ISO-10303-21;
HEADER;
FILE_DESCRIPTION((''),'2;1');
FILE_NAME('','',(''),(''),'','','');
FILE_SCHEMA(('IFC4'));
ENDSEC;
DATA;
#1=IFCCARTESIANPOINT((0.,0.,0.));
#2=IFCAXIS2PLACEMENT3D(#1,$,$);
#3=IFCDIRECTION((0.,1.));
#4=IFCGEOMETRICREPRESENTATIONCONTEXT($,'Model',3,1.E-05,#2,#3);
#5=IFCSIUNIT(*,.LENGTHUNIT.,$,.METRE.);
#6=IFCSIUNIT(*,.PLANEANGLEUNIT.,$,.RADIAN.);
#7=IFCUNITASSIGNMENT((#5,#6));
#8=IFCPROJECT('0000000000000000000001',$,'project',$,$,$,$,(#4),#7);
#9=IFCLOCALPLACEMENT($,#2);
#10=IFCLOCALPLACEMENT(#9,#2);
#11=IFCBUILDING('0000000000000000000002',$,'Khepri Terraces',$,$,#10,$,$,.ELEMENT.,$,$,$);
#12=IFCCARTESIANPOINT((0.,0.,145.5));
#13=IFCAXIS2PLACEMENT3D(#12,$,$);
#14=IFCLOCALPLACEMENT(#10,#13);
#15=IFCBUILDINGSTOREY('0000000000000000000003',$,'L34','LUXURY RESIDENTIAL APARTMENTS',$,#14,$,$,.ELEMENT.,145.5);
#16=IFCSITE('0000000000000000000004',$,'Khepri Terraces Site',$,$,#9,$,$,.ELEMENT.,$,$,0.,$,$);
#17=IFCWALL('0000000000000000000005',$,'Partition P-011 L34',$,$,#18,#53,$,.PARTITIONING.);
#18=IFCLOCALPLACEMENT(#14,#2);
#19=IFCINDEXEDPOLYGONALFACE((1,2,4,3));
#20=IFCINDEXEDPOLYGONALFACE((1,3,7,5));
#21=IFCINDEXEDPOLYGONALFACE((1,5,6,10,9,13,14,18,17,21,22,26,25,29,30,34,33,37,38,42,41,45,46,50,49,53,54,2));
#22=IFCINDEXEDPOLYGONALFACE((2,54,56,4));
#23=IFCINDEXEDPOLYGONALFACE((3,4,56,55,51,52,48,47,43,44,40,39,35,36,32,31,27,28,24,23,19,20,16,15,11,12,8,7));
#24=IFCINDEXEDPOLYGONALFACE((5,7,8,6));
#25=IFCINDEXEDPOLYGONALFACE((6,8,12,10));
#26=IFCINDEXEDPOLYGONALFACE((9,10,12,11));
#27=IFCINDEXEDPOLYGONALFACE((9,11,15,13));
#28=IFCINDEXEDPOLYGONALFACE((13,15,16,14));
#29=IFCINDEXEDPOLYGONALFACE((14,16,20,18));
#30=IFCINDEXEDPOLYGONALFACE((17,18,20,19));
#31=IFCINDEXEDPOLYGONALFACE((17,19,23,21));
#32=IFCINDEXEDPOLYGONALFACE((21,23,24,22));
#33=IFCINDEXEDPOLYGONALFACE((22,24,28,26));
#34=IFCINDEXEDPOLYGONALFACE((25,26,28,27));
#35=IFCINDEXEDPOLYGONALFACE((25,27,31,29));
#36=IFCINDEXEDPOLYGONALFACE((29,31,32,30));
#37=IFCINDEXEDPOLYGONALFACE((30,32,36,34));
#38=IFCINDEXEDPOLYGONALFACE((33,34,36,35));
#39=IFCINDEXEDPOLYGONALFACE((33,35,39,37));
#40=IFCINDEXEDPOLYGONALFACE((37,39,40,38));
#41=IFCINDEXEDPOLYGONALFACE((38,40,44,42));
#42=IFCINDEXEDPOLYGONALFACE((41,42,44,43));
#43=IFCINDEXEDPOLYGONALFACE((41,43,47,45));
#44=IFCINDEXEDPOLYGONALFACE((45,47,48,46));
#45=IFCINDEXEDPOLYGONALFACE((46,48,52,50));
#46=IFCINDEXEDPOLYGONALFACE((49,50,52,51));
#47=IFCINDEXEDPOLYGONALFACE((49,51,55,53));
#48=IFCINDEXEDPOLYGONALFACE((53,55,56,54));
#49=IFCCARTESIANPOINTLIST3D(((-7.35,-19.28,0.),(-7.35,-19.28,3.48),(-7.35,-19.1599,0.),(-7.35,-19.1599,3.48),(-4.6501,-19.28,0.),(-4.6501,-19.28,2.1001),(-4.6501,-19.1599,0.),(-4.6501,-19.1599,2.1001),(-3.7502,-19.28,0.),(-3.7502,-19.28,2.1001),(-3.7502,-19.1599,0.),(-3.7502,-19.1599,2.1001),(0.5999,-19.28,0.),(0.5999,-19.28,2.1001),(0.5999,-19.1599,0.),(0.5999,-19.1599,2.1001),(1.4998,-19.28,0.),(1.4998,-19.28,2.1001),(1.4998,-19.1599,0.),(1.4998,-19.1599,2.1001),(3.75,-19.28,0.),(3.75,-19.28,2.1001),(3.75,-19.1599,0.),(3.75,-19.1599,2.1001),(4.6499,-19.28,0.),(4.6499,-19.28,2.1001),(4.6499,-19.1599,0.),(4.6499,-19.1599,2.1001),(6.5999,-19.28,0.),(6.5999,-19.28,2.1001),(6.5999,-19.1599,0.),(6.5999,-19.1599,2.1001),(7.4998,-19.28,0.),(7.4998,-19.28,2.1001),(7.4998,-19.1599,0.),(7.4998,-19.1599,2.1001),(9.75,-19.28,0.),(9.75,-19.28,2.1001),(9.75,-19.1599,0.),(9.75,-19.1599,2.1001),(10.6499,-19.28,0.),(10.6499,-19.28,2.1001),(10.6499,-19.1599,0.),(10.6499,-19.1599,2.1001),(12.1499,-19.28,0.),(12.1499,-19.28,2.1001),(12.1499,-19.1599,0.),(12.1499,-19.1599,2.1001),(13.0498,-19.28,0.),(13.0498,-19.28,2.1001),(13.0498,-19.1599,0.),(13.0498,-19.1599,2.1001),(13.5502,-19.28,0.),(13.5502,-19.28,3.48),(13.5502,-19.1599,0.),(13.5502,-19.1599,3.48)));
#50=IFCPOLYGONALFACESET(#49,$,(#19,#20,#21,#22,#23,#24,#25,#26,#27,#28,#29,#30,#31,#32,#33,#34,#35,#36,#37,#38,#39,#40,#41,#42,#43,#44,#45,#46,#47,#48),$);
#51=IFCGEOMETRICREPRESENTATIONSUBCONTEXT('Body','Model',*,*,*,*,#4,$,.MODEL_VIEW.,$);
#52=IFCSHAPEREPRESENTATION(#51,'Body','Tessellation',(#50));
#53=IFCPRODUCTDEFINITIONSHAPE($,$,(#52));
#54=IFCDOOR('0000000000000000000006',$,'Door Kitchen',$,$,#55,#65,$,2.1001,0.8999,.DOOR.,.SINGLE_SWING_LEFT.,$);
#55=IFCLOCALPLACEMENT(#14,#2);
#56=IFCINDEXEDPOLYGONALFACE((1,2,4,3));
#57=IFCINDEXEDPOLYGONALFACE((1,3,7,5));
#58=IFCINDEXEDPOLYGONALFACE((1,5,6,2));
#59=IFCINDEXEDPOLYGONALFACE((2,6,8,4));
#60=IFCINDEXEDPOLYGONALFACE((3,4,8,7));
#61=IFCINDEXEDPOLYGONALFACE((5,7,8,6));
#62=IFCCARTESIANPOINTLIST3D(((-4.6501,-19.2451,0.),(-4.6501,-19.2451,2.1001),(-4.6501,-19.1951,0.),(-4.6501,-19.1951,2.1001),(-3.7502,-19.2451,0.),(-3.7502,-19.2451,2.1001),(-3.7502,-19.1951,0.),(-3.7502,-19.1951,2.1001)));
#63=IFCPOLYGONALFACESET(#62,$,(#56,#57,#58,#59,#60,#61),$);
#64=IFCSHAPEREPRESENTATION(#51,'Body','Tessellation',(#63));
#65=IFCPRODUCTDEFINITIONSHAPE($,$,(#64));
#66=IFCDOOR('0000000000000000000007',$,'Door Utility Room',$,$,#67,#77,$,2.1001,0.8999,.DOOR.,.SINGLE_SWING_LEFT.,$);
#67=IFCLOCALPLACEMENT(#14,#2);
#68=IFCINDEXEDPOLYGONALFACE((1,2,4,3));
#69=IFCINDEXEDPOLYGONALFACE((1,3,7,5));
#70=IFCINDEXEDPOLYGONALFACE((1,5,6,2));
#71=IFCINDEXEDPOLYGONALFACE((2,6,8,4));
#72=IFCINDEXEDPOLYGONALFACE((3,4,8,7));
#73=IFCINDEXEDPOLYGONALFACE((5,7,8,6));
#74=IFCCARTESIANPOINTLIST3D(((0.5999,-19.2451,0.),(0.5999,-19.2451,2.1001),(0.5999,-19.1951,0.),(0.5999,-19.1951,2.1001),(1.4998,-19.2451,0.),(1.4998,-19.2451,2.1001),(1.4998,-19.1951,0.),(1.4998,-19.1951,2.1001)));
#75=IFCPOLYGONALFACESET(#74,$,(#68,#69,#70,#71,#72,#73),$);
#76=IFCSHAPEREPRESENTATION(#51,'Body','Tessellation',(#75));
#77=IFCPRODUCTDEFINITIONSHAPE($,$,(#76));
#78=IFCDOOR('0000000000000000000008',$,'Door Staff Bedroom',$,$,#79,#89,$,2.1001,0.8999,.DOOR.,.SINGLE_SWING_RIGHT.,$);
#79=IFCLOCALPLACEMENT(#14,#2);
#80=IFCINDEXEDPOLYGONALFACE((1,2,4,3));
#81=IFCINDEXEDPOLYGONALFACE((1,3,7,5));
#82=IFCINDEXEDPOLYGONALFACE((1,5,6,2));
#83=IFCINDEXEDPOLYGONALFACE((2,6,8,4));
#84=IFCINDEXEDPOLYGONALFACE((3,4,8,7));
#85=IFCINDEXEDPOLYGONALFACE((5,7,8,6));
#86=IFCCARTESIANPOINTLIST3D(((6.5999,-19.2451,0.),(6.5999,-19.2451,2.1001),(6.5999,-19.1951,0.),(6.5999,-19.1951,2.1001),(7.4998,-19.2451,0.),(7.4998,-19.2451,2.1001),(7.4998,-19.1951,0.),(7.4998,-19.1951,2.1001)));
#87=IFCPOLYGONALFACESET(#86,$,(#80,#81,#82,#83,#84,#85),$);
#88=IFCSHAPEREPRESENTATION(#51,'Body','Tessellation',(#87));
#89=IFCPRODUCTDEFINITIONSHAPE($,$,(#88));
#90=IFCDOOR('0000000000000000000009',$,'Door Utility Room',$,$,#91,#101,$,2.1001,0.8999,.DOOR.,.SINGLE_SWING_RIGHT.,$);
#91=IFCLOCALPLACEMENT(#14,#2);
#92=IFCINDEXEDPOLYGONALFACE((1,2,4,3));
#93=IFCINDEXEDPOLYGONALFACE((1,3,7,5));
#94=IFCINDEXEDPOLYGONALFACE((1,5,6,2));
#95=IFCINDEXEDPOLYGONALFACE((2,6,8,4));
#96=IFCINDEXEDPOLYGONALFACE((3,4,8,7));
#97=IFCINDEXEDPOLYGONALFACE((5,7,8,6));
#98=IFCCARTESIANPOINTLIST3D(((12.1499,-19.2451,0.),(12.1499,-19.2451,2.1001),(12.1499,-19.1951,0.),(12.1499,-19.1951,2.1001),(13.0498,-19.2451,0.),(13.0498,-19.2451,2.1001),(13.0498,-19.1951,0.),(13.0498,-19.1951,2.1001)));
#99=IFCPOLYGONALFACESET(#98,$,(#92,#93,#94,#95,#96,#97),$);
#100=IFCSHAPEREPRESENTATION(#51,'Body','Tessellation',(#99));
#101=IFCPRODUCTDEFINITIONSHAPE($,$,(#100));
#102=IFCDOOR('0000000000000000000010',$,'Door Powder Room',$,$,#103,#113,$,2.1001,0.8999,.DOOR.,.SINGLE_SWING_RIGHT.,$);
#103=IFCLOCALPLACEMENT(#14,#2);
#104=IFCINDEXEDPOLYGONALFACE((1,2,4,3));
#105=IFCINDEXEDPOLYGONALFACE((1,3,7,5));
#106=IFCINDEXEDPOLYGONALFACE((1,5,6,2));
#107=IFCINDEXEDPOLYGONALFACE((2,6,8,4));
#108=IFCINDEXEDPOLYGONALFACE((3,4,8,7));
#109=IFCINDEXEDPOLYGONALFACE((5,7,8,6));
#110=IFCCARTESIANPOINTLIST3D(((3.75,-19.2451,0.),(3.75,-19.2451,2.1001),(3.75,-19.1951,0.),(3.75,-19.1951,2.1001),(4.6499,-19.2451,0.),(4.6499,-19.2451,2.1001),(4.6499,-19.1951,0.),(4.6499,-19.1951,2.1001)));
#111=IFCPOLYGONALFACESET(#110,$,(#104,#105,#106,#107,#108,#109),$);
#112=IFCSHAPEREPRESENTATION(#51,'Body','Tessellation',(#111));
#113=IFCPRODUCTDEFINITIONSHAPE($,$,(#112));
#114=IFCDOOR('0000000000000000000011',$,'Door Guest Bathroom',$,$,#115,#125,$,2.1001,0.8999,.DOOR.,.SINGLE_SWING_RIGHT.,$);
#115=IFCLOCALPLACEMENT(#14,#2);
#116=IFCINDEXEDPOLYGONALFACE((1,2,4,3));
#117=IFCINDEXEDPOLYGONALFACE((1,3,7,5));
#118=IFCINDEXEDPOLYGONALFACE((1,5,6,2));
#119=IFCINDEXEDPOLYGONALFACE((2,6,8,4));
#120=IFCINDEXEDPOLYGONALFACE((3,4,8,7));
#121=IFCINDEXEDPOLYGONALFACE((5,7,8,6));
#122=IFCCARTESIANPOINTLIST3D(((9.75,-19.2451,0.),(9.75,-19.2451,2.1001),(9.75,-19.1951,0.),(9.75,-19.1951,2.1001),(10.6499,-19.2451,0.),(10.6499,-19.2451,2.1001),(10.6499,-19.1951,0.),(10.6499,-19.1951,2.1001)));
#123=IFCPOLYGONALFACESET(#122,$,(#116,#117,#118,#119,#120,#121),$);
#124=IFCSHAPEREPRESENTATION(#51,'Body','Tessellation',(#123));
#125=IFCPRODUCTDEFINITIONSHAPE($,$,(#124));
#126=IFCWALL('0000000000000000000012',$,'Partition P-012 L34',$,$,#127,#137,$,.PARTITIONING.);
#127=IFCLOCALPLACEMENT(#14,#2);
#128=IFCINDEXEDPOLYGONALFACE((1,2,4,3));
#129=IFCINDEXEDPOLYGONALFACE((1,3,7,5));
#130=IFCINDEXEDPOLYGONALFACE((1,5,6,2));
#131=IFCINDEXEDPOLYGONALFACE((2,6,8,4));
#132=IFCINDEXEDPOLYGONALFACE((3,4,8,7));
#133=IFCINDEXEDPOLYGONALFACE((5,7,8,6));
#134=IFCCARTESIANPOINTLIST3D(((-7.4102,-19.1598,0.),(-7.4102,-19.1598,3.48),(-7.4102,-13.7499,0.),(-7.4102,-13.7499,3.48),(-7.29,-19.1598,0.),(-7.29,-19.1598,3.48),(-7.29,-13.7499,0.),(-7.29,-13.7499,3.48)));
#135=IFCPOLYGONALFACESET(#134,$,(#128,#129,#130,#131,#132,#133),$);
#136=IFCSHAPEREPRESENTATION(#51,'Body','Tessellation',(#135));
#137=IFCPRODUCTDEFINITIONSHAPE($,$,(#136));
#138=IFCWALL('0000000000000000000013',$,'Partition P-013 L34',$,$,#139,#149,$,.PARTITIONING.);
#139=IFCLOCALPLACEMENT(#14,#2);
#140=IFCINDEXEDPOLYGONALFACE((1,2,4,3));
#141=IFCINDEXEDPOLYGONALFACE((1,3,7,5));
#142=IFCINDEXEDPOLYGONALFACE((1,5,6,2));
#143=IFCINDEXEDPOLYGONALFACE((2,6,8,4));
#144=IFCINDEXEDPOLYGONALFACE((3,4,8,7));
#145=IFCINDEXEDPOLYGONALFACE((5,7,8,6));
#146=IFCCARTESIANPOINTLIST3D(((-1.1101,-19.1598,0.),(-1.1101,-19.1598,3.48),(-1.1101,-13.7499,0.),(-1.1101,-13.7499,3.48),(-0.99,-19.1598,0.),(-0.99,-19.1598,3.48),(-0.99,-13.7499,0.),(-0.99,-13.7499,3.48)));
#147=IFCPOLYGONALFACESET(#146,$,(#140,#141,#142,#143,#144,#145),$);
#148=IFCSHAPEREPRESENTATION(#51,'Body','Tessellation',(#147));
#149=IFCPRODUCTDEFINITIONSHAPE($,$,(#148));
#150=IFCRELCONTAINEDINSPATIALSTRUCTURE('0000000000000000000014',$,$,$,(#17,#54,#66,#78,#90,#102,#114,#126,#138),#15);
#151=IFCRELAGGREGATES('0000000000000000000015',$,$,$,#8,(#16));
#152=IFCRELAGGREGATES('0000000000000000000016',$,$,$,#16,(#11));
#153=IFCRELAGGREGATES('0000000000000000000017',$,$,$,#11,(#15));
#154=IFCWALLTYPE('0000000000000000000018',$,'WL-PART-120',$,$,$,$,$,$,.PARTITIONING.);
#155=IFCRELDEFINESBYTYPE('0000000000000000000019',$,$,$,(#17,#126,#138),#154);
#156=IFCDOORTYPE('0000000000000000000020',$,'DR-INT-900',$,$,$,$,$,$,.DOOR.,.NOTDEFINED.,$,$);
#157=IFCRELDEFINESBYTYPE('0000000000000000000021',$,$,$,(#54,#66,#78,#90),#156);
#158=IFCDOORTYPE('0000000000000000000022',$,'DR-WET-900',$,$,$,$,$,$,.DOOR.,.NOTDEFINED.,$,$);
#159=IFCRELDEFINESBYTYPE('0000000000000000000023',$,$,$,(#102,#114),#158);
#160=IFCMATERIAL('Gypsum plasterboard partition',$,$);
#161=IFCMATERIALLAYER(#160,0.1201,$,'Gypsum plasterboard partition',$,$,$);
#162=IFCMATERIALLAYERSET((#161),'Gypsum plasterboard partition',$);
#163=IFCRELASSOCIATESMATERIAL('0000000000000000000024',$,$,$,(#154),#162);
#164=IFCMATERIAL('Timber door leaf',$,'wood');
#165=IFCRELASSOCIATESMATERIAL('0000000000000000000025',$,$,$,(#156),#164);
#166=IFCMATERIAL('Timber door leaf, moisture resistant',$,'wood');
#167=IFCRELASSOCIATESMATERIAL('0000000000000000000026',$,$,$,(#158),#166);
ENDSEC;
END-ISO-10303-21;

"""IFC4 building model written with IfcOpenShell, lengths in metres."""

from ifc_helpers import new_model, si_unit, direction, frame, frame_2d, origin, place, context, subcontext, project, spatial, rectangle, extrude, material, layer, layer_set, type_object, element, fill, save


model = new_model("IFC4")

# Units and contexts
model_context = context("Model", 3, precision=1e-05, world=origin(), true_north=direction((0.0, 1.0)))
body_context = subcontext(model_context, "Body", "Model", "MODEL_VIEW")
ifc_project = project(units=[si_unit("LENGTHUNIT", "METRE"), si_unit("PLANEANGLEUNIT", "RADIAN")], contexts=[model_context])

# Site, building, storey
site_placement = place(None, origin())
site = spatial("IfcSite", under=ifc_project, at=site_placement, Name="Khepri Terraces Site", CompositionType="ELEMENT", RefElevation=0.0)
building_placement = place(site_placement, origin())
building = spatial("IfcBuilding", under=site, at=building_placement, Name="Khepri Terraces", CompositionType="ELEMENT")
storey_placement = place(building_placement, frame((0.0, 0.0, 145.5)))
storey = spatial("IfcBuildingStorey", under=building, at=storey_placement, Name="L34", Description="LUXURY RESIDENTIAL APARTMENTS", CompositionType="ELEMENT", Elevation=145.5)

# Shared definitions
ifc_material_1 = material(Name="Gypsum plasterboard partition")
ifc_layer_1 = layer(ifc_material_1, 0.1201, Name="Gypsum plasterboard partition")
ifc_layer_set_1 = layer_set([ifc_layer_1], Name="Gypsum plasterboard partition")
wall_type_1 = type_object("IfcWallType", Name="WL-PART-120", PredefinedType="PARTITIONING", material=ifc_layer_set_1)

# Wall, openings, doors
wall_1_placement = place(storey_placement, frame((-7.3501, -19.22, 0.0), z_axis=(0.0, 0.0, 1.0), x_axis=(1.0, 0.0, 0.0)))
wall_1 = element("IfcWall", 1, at=wall_1_placement, inside=storey, type_object=wall_type_1, Name="Partition P-011 L34", PredefinedType="PARTITIONING", context=body_context, shape_type="SweptSolid", body=[
    extrude(rectangle(XDim=20.9001, YDim=0.1201, at=frame_2d((10.4502, 0.0))), origin(), (0.0, 0.0, 1.0), 3.48),
])
opening_1_placement = place(wall_1_placement, frame((2.7, 0.0, 0.0)))
opening_1 = element("IfcOpeningElement", 2, at=opening_1_placement, cuts=wall_1, PredefinedType="OPENING", context=body_context, shape_type="SweptSolid", body=[
    extrude(rectangle(XDim=0.8999, YDim=2.1001, at=frame_2d((0.45, 1.05))), frame((0.0, 0.0701, 0.0), z_axis=(0.0, -1.0, 0.0), x_axis=(1.0, 0.0, 0.0)), (0.0, 0.0, 1.0), 0.1401),
])
opening_2_placement = place(wall_1_placement, frame((7.95, 0.0, 0.0)))
opening_2 = element("IfcOpeningElement", 3, at=opening_2_placement, cuts=wall_1, PredefinedType="OPENING", context=body_context, shape_type="SweptSolid", body=[
    extrude(rectangle(XDim=0.8999, YDim=2.1001, at=frame_2d((0.45, 1.05))), frame((0.0, 0.0701, 0.0), z_axis=(0.0, -1.0, 0.0), x_axis=(1.0, 0.0, 0.0)), (0.0, 0.0, 1.0), 0.1401),
])
opening_3_placement = place(wall_1_placement, frame((11.1001, 0.0, 0.0)))
opening_3 = element("IfcOpeningElement", 4, at=opening_3_placement, cuts=wall_1, PredefinedType="OPENING", context=body_context, shape_type="SweptSolid", body=[
    extrude(rectangle(XDim=0.8999, YDim=2.1001, at=frame_2d((0.45, 1.05))), frame((0.0, 0.0701, 0.0), z_axis=(0.0, -1.0, 0.0), x_axis=(1.0, 0.0, 0.0)), (0.0, 0.0, 1.0), 0.1401),
])
opening_4_placement = place(wall_1_placement, frame((13.95, 0.0, 0.0)))
opening_4 = element("IfcOpeningElement", 5, at=opening_4_placement, cuts=wall_1, PredefinedType="OPENING", context=body_context, shape_type="SweptSolid", body=[
    extrude(rectangle(XDim=0.8999, YDim=2.1001, at=frame_2d((0.45, 1.05))), frame((0.0, 0.0701, 0.0), z_axis=(0.0, -1.0, 0.0), x_axis=(1.0, 0.0, 0.0)), (0.0, 0.0, 1.0), 0.1401),
])
opening_5_placement = place(wall_1_placement, frame((17.1001, 0.0, 0.0)))
opening_5 = element("IfcOpeningElement", 6, at=opening_5_placement, cuts=wall_1, PredefinedType="OPENING", context=body_context, shape_type="SweptSolid", body=[
    extrude(rectangle(XDim=0.8999, YDim=2.1001, at=frame_2d((0.45, 1.05))), frame((0.0, 0.0701, 0.0), z_axis=(0.0, -1.0, 0.0), x_axis=(1.0, 0.0, 0.0)), (0.0, 0.0, 1.0), 0.1401),
])
opening_6_placement = place(wall_1_placement, frame((19.5, 0.0, 0.0)))
opening_6 = element("IfcOpeningElement", 7, at=opening_6_placement, cuts=wall_1, PredefinedType="OPENING", context=body_context, shape_type="SweptSolid", body=[
    extrude(rectangle(XDim=0.8999, YDim=2.1001, at=frame_2d((0.45, 1.05))), frame((0.0, 0.0701, 0.0), z_axis=(0.0, -1.0, 0.0), x_axis=(1.0, 0.0, 0.0)), (0.0, 0.0, 1.0), 0.1401),
])
ifc_material_2 = material(Name="Timber door leaf", Category="wood")
door_type_1 = type_object("IfcDoorType", Name="DR-INT-900", OperationType="NOTDEFINED", PredefinedType="DOOR", material=ifc_material_2)
door_1_placement = place(opening_1_placement, origin())
door_1 = element("IfcDoor", 8, at=door_1_placement, inside=storey, type_object=door_type_1, Name="Door Kitchen", OperationType="SINGLE_SWING_LEFT", OverallHeight=2.1001, OverallWidth=0.8999, PredefinedType="DOOR", context=body_context, shape_type="SweptSolid", body=[
    extrude(rectangle(XDim=0.8999, YDim=2.1001, at=frame_2d((0.45, 1.05))), frame((0.0, 0.0249, 0.0), z_axis=(0.0, -1.0, 0.0), x_axis=(1.0, 0.0, 0.0)), (0.0, 0.0, 1.0), 0.05),
])
fill(opening_1, door_1)
door_2_placement = place(opening_2_placement, origin())
door_2 = element("IfcDoor", 9, at=door_2_placement, inside=storey, type_object=door_type_1, Name="Door Utility Room", OperationType="SINGLE_SWING_LEFT", OverallHeight=2.1001, OverallWidth=0.8999, PredefinedType="DOOR", context=body_context, shape_type="SweptSolid", body=[
    extrude(rectangle(XDim=0.8999, YDim=2.1001, at=frame_2d((0.45, 1.05))), frame((0.0, 0.0249, 0.0), z_axis=(0.0, -1.0, 0.0), x_axis=(1.0, 0.0, 0.0)), (0.0, 0.0, 1.0), 0.05),
])
fill(opening_2, door_2)
door_3_placement = place(opening_4_placement, origin())
door_3 = element("IfcDoor", 10, at=door_3_placement, inside=storey, type_object=door_type_1, Name="Door Staff Bedroom", OperationType="SINGLE_SWING_RIGHT", OverallHeight=2.1001, OverallWidth=0.8999, PredefinedType="DOOR", context=body_context, shape_type="SweptSolid", body=[
    extrude(rectangle(XDim=0.8999, YDim=2.1001, at=frame_2d((0.45, 1.05))), frame((0.0, 0.0249, 0.0), z_axis=(0.0, -1.0, 0.0), x_axis=(1.0, 0.0, 0.0)), (0.0, 0.0, 1.0), 0.05),
])
fill(opening_4, door_3)
door_4_placement = place(opening_6_placement, origin())
door_4 = element("IfcDoor", 11, at=door_4_placement, inside=storey, type_object=door_type_1, Name="Door Utility Room", OperationType="SINGLE_SWING_RIGHT", OverallHeight=2.1001, OverallWidth=0.8999, PredefinedType="DOOR", context=body_context, shape_type="SweptSolid", body=[
    extrude(rectangle(XDim=0.8999, YDim=2.1001, at=frame_2d((0.45, 1.05))), frame((0.0, 0.0249, 0.0), z_axis=(0.0, -1.0, 0.0), x_axis=(1.0, 0.0, 0.0)), (0.0, 0.0, 1.0), 0.05),
])
fill(opening_6, door_4)
ifc_material_3 = material(Name="Timber door leaf, moisture resistant", Category="wood")
door_type_2 = type_object("IfcDoorType", Name="DR-WET-900", OperationType="NOTDEFINED", PredefinedType="DOOR", material=ifc_material_3)
door_5_placement = place(opening_3_placement, origin())
door_5 = element("IfcDoor", 12, at=door_5_placement, inside=storey, type_object=door_type_2, Name="Door Powder Room", OperationType="SINGLE_SWING_RIGHT", OverallHeight=2.1001, OverallWidth=0.8999, PredefinedType="DOOR", context=body_context, shape_type="SweptSolid", body=[
    extrude(rectangle(XDim=0.8999, YDim=2.1001, at=frame_2d((0.45, 1.05))), frame((0.0, 0.0249, 0.0), z_axis=(0.0, -1.0, 0.0), x_axis=(1.0, 0.0, 0.0)), (0.0, 0.0, 1.0), 0.05),
])
fill(opening_3, door_5)
door_6_placement = place(opening_5_placement, origin())
door_6 = element("IfcDoor", 13, at=door_6_placement, inside=storey, type_object=door_type_2, Name="Door Guest Bathroom", OperationType="SINGLE_SWING_RIGHT", OverallHeight=2.1001, OverallWidth=0.8999, PredefinedType="DOOR", context=body_context, shape_type="SweptSolid", body=[
    extrude(rectangle(XDim=0.8999, YDim=2.1001, at=frame_2d((0.45, 1.05))), frame((0.0, 0.0249, 0.0), z_axis=(0.0, -1.0, 0.0), x_axis=(1.0, 0.0, 0.0)), (0.0, 0.0, 1.0), 0.05),
])
fill(opening_5, door_6)

# Walls
for number, where, z_axis, x_axis, name in (
    (14, (-7.3501, -19.1599, 0.0), (0.0, 0.0, 1.0), (0.0, 1.0, 0.0), "Partition P-012 L34"),
    (15, (-1.05, -19.1599, 0.0), (0.0, 0.0, 1.0), (0.0, 1.0, 0.0), "Partition P-013 L34"),
):
    element("IfcWall", number, at=place(storey_placement, frame(where, z_axis=z_axis, x_axis=x_axis)), inside=storey, type_object=wall_type_1, Name=name, PredefinedType="PARTITIONING", context=body_context, shape_type="SweptSolid", body=[
        extrude(rectangle(XDim=5.4099, YDim=0.1201, at=frame_2d((2.7051, 0.0))), origin(), (0.0, 0.0, 1.0), 3.48),
    ])

save(model, "model.ifc")
